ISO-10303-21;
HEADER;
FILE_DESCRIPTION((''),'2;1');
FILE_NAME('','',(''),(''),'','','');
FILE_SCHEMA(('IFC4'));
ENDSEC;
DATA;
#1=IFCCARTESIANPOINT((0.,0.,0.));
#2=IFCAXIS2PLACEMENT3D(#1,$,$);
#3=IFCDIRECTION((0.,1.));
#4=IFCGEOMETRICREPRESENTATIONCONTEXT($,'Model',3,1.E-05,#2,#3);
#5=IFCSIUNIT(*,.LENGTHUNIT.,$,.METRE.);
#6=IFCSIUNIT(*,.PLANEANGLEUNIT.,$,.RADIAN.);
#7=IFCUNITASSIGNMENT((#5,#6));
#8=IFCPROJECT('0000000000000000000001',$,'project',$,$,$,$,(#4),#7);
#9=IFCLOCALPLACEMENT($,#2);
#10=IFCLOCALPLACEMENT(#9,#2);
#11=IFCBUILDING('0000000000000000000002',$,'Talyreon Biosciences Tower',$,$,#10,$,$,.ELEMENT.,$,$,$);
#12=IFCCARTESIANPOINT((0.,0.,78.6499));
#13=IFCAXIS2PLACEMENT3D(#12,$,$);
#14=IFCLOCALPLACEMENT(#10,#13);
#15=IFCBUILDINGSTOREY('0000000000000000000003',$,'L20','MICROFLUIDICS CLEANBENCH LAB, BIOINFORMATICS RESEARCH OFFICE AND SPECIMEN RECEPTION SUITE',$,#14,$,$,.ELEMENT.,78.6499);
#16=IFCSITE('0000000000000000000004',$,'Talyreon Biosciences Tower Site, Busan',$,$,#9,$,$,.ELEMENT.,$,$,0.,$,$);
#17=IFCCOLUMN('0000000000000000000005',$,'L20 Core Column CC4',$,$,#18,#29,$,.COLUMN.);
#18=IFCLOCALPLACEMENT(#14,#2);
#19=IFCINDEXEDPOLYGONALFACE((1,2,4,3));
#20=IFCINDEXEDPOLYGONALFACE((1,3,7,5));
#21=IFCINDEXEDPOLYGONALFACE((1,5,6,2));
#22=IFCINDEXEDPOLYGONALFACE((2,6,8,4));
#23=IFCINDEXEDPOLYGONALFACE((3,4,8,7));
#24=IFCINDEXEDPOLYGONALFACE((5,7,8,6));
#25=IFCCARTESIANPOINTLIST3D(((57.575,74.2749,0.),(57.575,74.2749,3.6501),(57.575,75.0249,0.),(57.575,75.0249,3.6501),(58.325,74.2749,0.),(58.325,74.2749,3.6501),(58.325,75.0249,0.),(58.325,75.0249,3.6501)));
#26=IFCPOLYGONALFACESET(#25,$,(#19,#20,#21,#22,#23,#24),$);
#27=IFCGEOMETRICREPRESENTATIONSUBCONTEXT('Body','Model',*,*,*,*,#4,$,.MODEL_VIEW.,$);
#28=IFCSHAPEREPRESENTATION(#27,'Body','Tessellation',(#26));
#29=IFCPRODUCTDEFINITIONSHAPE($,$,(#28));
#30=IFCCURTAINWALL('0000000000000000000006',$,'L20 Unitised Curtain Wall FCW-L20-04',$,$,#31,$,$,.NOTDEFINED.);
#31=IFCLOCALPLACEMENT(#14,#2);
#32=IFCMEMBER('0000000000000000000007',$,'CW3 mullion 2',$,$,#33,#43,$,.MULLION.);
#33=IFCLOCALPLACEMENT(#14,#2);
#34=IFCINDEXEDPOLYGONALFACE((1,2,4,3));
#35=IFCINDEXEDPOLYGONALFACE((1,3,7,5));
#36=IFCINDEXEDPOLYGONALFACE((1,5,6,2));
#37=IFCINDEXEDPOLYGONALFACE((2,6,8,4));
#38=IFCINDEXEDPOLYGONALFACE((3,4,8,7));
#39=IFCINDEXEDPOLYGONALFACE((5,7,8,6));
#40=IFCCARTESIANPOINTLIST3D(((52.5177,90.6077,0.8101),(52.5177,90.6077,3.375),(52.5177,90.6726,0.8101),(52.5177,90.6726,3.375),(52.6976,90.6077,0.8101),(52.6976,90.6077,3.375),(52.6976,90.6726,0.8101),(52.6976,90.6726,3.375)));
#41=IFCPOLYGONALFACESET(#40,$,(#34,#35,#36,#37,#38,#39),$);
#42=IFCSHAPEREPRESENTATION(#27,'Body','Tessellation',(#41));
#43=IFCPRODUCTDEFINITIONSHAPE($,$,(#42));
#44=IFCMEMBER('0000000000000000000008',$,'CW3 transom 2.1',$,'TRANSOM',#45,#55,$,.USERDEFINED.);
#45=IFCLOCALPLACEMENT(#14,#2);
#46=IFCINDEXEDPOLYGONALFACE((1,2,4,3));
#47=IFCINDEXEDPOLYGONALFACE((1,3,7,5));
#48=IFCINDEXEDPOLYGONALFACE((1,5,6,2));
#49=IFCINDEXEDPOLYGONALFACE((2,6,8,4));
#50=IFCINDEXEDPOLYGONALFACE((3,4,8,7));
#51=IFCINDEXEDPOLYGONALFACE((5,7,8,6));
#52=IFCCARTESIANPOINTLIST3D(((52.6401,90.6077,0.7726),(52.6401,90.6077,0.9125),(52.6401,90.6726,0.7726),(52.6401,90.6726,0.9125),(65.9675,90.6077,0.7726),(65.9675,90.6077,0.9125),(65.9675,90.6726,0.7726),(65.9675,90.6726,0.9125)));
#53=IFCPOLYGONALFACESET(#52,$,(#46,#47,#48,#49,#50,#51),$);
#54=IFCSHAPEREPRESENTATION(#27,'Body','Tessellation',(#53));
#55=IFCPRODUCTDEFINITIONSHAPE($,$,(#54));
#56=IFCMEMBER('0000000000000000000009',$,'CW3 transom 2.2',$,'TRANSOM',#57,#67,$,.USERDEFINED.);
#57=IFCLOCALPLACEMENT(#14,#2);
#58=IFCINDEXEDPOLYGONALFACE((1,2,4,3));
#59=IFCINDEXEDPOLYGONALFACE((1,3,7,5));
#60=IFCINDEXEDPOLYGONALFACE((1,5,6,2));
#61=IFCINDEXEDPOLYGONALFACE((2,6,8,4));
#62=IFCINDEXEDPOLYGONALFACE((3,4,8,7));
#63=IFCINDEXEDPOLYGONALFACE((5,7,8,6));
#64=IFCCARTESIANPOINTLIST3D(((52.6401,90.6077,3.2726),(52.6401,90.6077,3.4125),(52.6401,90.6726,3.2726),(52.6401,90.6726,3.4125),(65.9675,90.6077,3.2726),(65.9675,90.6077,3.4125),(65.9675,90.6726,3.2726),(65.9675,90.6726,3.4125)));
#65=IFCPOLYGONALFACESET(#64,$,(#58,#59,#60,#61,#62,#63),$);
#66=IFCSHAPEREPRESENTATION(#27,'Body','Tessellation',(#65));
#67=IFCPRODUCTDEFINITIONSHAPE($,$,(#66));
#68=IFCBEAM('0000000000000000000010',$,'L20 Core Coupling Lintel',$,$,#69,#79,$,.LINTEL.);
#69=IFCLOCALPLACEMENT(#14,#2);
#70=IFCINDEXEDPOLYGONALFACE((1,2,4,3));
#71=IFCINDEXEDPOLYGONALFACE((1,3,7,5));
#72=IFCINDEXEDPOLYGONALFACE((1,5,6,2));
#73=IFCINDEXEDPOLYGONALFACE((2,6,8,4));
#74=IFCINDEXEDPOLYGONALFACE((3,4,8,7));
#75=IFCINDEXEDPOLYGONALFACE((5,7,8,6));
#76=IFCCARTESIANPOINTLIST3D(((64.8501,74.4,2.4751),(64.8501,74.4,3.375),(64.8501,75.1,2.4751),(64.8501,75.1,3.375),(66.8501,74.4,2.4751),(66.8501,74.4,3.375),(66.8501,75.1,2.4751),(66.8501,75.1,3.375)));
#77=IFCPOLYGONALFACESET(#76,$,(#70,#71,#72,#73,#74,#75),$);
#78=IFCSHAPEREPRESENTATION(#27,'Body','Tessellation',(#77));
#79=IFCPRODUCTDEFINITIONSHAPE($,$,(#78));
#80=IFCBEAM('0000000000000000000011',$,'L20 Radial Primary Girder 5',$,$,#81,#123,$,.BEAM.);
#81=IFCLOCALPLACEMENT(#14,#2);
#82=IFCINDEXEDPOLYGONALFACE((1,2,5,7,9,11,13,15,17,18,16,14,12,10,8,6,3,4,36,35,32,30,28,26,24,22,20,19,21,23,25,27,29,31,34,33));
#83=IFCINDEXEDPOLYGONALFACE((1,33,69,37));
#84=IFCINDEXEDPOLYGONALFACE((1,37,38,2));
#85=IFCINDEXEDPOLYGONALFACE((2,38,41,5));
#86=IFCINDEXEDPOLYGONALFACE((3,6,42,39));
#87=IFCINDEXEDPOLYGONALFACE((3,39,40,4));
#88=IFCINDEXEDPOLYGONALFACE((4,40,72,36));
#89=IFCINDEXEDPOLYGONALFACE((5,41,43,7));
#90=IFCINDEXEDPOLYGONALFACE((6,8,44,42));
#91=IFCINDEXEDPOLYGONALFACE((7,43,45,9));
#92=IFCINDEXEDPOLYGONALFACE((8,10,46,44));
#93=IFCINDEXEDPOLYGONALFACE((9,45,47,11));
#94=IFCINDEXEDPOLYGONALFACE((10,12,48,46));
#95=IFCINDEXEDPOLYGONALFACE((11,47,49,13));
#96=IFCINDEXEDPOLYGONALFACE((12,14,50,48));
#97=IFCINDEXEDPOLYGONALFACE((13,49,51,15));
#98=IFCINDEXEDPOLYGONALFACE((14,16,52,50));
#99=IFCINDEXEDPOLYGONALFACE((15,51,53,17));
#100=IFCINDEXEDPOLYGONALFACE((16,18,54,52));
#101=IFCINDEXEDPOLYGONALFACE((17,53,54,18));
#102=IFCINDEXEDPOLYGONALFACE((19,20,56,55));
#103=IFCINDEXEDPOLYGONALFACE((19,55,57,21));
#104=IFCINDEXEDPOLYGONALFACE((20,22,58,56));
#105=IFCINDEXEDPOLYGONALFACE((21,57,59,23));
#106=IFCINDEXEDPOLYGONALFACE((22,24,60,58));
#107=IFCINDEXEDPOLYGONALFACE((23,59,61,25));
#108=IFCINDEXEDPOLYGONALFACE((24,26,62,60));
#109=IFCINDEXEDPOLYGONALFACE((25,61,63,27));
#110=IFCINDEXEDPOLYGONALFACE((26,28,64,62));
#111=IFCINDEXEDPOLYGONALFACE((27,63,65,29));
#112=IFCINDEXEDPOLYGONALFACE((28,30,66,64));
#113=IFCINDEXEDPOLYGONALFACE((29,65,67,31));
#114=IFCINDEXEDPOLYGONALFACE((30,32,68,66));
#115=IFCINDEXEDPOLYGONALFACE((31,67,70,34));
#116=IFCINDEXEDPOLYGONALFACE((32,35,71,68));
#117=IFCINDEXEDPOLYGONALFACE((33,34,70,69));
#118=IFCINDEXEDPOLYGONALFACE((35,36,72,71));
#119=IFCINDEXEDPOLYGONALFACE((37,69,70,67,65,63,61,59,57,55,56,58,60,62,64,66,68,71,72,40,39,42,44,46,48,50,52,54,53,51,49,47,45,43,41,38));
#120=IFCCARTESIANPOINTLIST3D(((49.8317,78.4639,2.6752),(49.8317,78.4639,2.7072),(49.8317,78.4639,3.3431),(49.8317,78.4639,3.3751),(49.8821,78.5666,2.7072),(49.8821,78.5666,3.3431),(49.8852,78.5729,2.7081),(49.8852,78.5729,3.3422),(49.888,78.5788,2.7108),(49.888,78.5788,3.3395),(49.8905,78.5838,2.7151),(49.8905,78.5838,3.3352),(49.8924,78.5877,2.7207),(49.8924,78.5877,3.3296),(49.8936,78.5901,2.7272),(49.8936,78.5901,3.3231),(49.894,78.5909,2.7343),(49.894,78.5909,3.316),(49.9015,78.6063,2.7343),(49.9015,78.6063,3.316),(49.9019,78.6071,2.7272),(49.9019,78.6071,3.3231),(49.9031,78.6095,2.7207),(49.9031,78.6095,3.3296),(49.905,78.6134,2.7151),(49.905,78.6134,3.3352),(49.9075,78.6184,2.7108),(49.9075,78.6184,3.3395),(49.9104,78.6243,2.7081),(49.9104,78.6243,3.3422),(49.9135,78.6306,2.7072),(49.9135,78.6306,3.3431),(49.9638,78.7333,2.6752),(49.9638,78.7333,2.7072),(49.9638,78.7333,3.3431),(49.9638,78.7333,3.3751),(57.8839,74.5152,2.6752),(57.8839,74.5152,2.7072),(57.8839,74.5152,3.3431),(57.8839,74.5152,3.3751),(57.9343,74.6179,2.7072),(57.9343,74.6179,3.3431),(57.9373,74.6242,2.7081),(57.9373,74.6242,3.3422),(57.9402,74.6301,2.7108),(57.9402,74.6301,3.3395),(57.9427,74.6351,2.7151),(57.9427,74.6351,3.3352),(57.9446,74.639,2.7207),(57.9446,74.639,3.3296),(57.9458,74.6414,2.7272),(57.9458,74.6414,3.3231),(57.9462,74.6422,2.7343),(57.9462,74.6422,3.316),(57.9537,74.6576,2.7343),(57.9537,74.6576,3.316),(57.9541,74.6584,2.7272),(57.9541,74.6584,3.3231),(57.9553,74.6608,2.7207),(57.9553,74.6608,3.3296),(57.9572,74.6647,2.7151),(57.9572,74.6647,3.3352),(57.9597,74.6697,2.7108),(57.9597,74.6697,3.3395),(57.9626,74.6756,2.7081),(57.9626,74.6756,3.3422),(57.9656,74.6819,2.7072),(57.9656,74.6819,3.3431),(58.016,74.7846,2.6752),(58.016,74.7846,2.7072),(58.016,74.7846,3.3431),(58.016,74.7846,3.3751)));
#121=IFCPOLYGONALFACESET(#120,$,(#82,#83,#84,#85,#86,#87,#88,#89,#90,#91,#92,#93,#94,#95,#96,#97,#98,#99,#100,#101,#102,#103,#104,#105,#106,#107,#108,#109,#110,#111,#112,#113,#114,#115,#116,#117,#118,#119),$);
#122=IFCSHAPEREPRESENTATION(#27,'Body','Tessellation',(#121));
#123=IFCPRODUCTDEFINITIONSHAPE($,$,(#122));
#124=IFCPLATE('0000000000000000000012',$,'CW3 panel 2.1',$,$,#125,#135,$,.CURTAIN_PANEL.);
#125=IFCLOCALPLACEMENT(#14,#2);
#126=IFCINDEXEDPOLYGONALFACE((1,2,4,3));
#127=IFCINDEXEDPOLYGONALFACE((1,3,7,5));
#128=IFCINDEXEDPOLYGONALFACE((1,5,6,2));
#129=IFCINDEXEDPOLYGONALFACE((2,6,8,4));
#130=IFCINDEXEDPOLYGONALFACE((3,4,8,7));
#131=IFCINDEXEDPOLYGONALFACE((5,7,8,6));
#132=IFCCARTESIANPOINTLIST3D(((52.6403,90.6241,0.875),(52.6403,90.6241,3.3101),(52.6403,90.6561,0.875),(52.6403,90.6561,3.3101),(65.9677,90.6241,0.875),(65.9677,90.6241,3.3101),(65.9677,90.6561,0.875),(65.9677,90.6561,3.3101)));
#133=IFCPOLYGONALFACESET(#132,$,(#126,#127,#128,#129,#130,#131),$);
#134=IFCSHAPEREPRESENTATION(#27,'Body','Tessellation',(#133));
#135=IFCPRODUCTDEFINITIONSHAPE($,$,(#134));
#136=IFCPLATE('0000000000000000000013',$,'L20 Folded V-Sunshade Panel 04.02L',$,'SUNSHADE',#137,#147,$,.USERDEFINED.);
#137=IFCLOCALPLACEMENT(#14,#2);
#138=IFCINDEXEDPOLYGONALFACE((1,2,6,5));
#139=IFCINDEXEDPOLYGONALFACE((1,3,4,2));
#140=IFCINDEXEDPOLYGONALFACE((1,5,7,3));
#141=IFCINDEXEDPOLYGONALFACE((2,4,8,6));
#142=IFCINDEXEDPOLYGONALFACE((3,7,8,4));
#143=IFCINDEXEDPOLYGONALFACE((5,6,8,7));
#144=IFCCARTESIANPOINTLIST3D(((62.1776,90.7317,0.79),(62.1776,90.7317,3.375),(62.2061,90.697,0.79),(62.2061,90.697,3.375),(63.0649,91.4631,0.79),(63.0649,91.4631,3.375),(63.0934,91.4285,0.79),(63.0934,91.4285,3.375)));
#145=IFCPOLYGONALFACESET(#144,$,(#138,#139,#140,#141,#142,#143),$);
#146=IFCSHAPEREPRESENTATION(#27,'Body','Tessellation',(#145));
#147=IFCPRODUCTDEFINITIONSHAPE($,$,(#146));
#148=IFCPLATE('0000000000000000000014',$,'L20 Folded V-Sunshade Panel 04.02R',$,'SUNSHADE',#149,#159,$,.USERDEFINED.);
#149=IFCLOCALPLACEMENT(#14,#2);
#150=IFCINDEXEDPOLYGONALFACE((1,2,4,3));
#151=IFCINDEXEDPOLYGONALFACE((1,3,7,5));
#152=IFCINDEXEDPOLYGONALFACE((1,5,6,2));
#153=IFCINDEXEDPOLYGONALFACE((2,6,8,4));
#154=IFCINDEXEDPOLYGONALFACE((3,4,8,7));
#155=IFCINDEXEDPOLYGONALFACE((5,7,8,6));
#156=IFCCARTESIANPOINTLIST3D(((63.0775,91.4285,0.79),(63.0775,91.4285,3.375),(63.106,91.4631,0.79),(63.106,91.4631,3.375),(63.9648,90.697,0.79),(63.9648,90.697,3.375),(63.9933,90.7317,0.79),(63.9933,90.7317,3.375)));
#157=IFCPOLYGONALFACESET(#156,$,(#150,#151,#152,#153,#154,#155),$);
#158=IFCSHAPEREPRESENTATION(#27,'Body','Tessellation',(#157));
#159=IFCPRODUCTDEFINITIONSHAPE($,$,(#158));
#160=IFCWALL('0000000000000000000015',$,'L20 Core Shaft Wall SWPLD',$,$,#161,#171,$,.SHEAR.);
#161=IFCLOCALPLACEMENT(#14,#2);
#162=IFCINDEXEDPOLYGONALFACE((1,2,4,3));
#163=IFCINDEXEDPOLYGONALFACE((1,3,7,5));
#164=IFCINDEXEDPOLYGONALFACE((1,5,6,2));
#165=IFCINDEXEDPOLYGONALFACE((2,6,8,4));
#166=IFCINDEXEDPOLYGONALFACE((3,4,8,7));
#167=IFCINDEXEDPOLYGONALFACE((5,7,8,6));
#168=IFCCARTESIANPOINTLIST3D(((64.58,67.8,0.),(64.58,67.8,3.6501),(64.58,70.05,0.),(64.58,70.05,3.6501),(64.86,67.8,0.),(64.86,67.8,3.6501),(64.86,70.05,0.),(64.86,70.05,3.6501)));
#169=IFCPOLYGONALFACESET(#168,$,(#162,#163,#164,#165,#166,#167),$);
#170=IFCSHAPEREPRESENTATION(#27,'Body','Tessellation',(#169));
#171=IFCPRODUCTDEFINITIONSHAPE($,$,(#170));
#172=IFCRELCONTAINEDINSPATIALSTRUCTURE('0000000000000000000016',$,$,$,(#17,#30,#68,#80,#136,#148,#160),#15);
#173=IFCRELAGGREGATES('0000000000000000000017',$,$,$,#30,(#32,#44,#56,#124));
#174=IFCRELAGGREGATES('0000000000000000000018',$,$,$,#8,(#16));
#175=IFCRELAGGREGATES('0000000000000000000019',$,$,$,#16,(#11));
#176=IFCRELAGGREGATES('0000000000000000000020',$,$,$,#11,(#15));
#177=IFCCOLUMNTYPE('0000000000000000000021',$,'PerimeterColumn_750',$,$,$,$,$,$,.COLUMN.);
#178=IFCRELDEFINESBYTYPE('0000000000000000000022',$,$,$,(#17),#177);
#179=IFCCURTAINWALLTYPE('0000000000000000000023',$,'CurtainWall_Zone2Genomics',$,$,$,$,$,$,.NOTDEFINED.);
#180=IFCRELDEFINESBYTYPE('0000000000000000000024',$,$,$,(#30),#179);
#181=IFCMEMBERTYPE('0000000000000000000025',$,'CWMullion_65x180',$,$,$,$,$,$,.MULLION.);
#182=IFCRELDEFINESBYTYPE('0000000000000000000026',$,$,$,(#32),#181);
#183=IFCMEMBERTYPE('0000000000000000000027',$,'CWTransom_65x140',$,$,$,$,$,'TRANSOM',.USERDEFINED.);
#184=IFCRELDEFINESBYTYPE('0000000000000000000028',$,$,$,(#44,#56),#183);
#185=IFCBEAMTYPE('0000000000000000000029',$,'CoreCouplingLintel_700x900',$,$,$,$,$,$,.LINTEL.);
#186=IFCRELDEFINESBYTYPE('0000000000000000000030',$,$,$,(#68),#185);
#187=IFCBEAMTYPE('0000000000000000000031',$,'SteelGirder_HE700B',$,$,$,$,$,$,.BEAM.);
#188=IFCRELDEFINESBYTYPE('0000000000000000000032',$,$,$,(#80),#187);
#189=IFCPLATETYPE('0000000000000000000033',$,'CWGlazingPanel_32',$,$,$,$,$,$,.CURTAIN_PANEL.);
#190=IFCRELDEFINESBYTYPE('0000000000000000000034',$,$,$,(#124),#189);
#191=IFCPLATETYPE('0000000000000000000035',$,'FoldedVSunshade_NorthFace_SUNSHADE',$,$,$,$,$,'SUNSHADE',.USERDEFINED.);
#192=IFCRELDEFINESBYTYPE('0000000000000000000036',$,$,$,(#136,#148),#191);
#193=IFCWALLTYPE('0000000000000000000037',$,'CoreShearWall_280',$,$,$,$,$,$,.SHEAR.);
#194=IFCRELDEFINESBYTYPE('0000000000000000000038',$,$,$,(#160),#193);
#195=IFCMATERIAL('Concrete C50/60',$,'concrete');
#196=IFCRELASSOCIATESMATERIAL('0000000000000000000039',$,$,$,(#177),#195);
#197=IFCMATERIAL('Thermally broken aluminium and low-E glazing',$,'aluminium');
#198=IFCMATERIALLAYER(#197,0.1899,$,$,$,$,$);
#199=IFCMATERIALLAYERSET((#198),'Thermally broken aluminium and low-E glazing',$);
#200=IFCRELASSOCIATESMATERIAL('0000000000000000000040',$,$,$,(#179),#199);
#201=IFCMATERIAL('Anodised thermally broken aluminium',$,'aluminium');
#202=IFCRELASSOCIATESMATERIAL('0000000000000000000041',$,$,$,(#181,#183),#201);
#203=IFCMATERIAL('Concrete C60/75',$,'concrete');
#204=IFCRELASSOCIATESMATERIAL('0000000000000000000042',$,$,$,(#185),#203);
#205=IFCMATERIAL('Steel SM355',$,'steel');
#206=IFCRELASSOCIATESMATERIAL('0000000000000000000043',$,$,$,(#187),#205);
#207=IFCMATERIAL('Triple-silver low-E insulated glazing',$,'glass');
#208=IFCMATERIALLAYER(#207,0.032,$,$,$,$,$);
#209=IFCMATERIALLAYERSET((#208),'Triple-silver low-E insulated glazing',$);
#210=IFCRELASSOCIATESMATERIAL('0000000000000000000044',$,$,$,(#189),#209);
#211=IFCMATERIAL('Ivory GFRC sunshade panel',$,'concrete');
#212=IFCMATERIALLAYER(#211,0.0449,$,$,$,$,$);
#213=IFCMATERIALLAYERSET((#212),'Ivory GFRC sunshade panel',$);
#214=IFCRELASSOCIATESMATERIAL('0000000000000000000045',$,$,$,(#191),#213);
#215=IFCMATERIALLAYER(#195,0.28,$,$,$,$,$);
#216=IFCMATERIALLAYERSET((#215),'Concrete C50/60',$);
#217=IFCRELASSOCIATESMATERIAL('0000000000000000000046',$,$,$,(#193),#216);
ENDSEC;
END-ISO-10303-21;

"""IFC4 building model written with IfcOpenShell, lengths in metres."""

from ifc_helpers import new_model, si_unit, direction, frame, frame_2d, origin, origin_2d, place, context, subcontext, project, spatial, rectangle, i_section, extrude, material, layer, layer_set, material_profile, profile_set, type_object, element, aggregate, save


model = new_model("IFC4")

# Units and contexts
model_context = context("Model", 3, precision=1e-05, world=origin(), true_north=direction((0.0, 1.0)))
body_context = subcontext(model_context, "Body", "Model", "MODEL_VIEW")
ifc_project = project(units=[si_unit("LENGTHUNIT", "METRE"), si_unit("PLANEANGLEUNIT", "RADIAN")], contexts=[model_context])

# Site, building, storey
site_placement = place(None, origin())
site = spatial("IfcSite", under=ifc_project, at=site_placement, Name="Talyreon Biosciences Tower Site, Busan", CompositionType="ELEMENT", RefElevation=0.0)
building_placement = place(site_placement, origin())
building = spatial("IfcBuilding", under=site, at=building_placement, Name="Talyreon Biosciences Tower", CompositionType="ELEMENT")
storey_placement = place(building_placement, frame((0.0, 0.0, 78.6499)))
storey = spatial("IfcBuildingStorey", under=building, at=storey_placement, Name="L20", Description="MICROFLUIDICS CLEANBENCH LAB, BIOINFORMATICS RESEARCH OFFICE AND SPECIMEN RECEPTION SUITE", CompositionType="ELEMENT", Elevation=78.6499)

# Column
ifc_material_1 = material(Name="Concrete C50/60", Category="concrete")
ifc_material_profile_1 = material_profile(ifc_material_1, rectangle(XDim=0.75, YDim=0.75, at=origin_2d()), Name="RC 750x750")
ifc_profile_set_1 = profile_set([ifc_material_profile_1], Name="Concrete C50/60")
column_type = type_object("IfcColumnType", Name="PerimeterColumn_750", PredefinedType="COLUMN", material=ifc_profile_set_1)
column_placement = place(storey_placement, frame((57.95, 74.6499, 0.0), z_axis=(0.0, 0.0, 1.0), x_axis=(1.0, 0.0, 0.0)))
element("IfcColumn", 1, at=column_placement, inside=storey, type_object=column_type, Name="L20 Core Column CC4", PredefinedType="COLUMN", context=body_context, shape_type="SweptSolid", body=[
    extrude(rectangle(XDim=0.75, YDim=0.75, at=origin_2d()), origin(), (0.0, 0.0, 1.0), 3.6501),
])

# Curtain wall, members
ifc_material_2 = material(Name="Thermally broken aluminium and low-E glazing", Category="aluminium")
ifc_layer_1 = layer(ifc_material_2, 0.1899)
ifc_layer_set_1 = layer_set([ifc_layer_1], Name="Thermally broken aluminium and low-E glazing")
curtain_wall_type = type_object("IfcCurtainWallType", Name="CurtainWall_Zone2Genomics", PredefinedType="NOTDEFINED", material=ifc_layer_set_1)
curtain_wall_placement = place(storey_placement, origin())
curtain_wall = element("IfcCurtainWall", 2, at=curtain_wall_placement, inside=storey, type_object=curtain_wall_type, Name="L20 Unitised Curtain Wall FCW-L20-04", PredefinedType="NOTDEFINED")
ifc_material_3 = material(Name="Anodised thermally broken aluminium", Category="aluminium")
ifc_material_profile_2 = material_profile(ifc_material_3, rectangle(XDim=0.0649, YDim=0.1799, at=origin_2d()), Name="ALUM MULLION 65x180")
ifc_profile_set_2 = profile_set([ifc_material_profile_2], Name="Anodised thermally broken aluminium")
member_type_1 = type_object("IfcMemberType", Name="CWMullion_65x180", PredefinedType="MULLION", material=ifc_profile_set_2)
member_1_placement = place(storey_placement, frame((52.6077, 90.6401, 0.8101), z_axis=(0.0, 0.0, 1.0), x_axis=(0.0, 1.0, 0.0)))
member_1 = element("IfcMember", 3, at=member_1_placement, type_object=member_type_1, Name="CW3 mullion 2", PredefinedType="MULLION", context=body_context, shape_type="SweptSolid", body=[
    extrude(rectangle(XDim=0.0649, YDim=0.1799, at=origin_2d()), origin(), (0.0, 0.0, 1.0), 2.5649),
])
ifc_material_profile_3 = material_profile(ifc_material_3, rectangle(XDim=0.0649, YDim=0.1399, at=origin_2d()), Name="ALUM TRANSOM 65x140")
ifc_profile_set_3 = profile_set([ifc_material_profile_3], Name="Anodised thermally broken aluminium")
member_type_2 = type_object("IfcMemberType", Name="CWTransom_65x140", ElementType="TRANSOM", PredefinedType="USERDEFINED", material=ifc_profile_set_3)
member_2_placement = place(storey_placement, frame((52.6401, 90.6401, 0.8425), z_axis=(1.0, 0.0, 0.0), x_axis=(0.0, 1.0, 0.0)))
member_2 = element("IfcMember", 4, at=member_2_placement, type_object=member_type_2, Name="CW3 transom 2.1", ObjectType="TRANSOM", PredefinedType="USERDEFINED", context=body_context, shape_type="SweptSolid", body=[
    extrude(rectangle(XDim=0.0649, YDim=0.1399, at=origin_2d()), origin(), (0.0, 0.0, 1.0), 13.3274),
])
member_3_placement = place(storey_placement, frame((52.6401, 90.6401, 3.3425), z_axis=(1.0, 0.0, 0.0), x_axis=(0.0, 1.0, 0.0)))
member_3 = element("IfcMember", 5, at=member_3_placement, type_object=member_type_2, Name="CW3 transom 2.2", ObjectType="TRANSOM", PredefinedType="USERDEFINED", context=body_context, shape_type="SweptSolid", body=[
    extrude(rectangle(XDim=0.0649, YDim=0.1399, at=origin_2d()), origin(), (0.0, 0.0, 1.0), 13.3274),
])

# Beams
ifc_material_4 = material(Name="Concrete C60/75", Category="concrete")
ifc_material_profile_4 = material_profile(ifc_material_4, rectangle(XDim=0.7, YDim=0.8999, at=origin_2d()), Name="RCB 700x900")
ifc_profile_set_4 = profile_set([ifc_material_profile_4], Name="Concrete C60/75")
beam_type_1 = type_object("IfcBeamType", Name="CoreCouplingLintel_700x900", PredefinedType="LINTEL", material=ifc_profile_set_4)
beam_1_placement = place(storey_placement, frame((64.8501, 74.75, 2.925), z_axis=(1.0, 0.0, 0.0), x_axis=(0.0, 1.0, 0.0)))
element("IfcBeam", 6, at=beam_1_placement, inside=storey, type_object=beam_type_1, Name="L20 Core Coupling Lintel", PredefinedType="LINTEL", context=body_context, shape_type="SweptSolid", body=[
    extrude(rectangle(XDim=0.7, YDim=0.8999, at=origin_2d()), origin(), (0.0, 0.0, 1.0), 2.0),
])
ifc_material_5 = material(Name="Steel SM355", Category="steel")
ifc_material_profile_5 = material_profile(ifc_material_5, i_section(OverallWidth=0.3, OverallDepth=0.7, WebThickness=0.0171, FlangeThickness=0.032, FilletRadius=0.0271, at=origin_2d()), Name="HE700B")
ifc_profile_set_5 = profile_set([ifc_material_profile_5], Name="Steel SM355")
beam_type_2 = type_object("IfcBeamType", Name="SteelGirder_HE700B", PredefinedType="BEAM", material=ifc_profile_set_5)
beam_2_placement = place(storey_placement, frame((57.95, 74.6499, 3.0251), z_axis=(-0.897852, 0.440297, 0.0), x_axis=(-0.440297, -0.897852, 0.0)))
element("IfcBeam", 7, at=beam_2_placement, inside=storey, type_object=beam_type_2, Name="L20 Radial Primary Girder 5", PredefinedType="BEAM", context=body_context, shape_type="SweptSolid", body=[
    extrude(i_section(OverallWidth=0.3, OverallDepth=0.7, WebThickness=0.0171, FlangeThickness=0.032, FilletRadius=0.0271, at=origin_2d()), origin(), (0.0, 0.0, 1.0), 8.9683),
])

# Plate
ifc_material_6 = material(Name="Triple-silver low-E insulated glazing", Category="glass")
ifc_layer_2 = layer(ifc_material_6, 0.032)
ifc_layer_set_2 = layer_set([ifc_layer_2], Name="Triple-silver low-E insulated glazing")
plate_type_1 = type_object("IfcPlateType", Name="CWGlazingPanel_32", PredefinedType="CURTAIN_PANEL", material=ifc_layer_set_2)
plate_placement = place(storey_placement, frame((59.304, 90.6401, 0.875), z_axis=(0.0, 0.0, 1.0), x_axis=(1.0, 0.0, 0.0)))
plate = element("IfcPlate", 8, at=plate_placement, type_object=plate_type_1, Name="CW3 panel 2.1", PredefinedType="CURTAIN_PANEL", context=body_context, shape_type="SweptSolid", body=[
    extrude(rectangle(XDim=13.3274, YDim=0.032, at=origin_2d()), origin(), (0.0, 0.0, 1.0), 2.4351),
])
aggregate(curtain_wall, [member_1, member_2, member_3, plate])

# Plates
ifc_material_7 = material(Name="Ivory GFRC sunshade panel", Category="concrete")
ifc_layer_3 = layer(ifc_material_7, 0.0449)
ifc_layer_set_3 = layer_set([ifc_layer_3], Name="Ivory GFRC sunshade panel")
plate_type_2 = type_object("IfcPlateType", Name="FoldedVSunshade_NorthFace_SUNSHADE", ElementType="SUNSHADE", PredefinedType="USERDEFINED", material=ifc_layer_set_3)
for number, where, z_axis, x_axis, name in (
    (9, (62.6355, 91.0801, 0.79), (0.0, 0.0, 1.0), (0.771625, 0.636078, 0.0), "L20 Folded V-Sunshade Panel 04.02L"),
    (10, (63.5354, 91.0801, 0.79), (0.0, 0.0, 1.0), (0.771625, -0.636078, 0.0), "L20 Folded V-Sunshade Panel 04.02R"),
):
    element("IfcPlate", number, at=place(storey_placement, frame(where, z_axis=z_axis, x_axis=x_axis)), inside=storey, type_object=plate_type_2, Name=name, ObjectType="SUNSHADE", PredefinedType="USERDEFINED", context=body_context, shape_type="SweptSolid", body=[
        extrude(rectangle(XDim=1.1499, YDim=0.0449, at=origin_2d()), origin(), (0.0, 0.0, 1.0), 2.585),
    ])

# Wall
ifc_layer_4 = layer(ifc_material_1, 0.28)
ifc_layer_set_4 = layer_set([ifc_layer_4], Name="Concrete C50/60")
wall_type_1 = type_object("IfcWallType", Name="CoreShearWall_280", PredefinedType="SHEAR", material=ifc_layer_set_4)
wall_1_placement = place(storey_placement, frame((64.72, 67.8, 0.0), z_axis=(0.0, 0.0, 1.0), x_axis=(0.0, 1.0, 0.0)))
element("IfcWall", 11, at=wall_1_placement, inside=storey, type_object=wall_type_1, Name="L20 Core Shaft Wall SWPLD", PredefinedType="SHEAR", context=body_context, shape_type="SweptSolid", body=[
    extrude(rectangle(XDim=2.25, YDim=0.28, at=frame_2d((1.125, 0.0))), origin(), (0.0, 0.0, 1.0), 3.6501),
])

save(model, "model.ifc")
